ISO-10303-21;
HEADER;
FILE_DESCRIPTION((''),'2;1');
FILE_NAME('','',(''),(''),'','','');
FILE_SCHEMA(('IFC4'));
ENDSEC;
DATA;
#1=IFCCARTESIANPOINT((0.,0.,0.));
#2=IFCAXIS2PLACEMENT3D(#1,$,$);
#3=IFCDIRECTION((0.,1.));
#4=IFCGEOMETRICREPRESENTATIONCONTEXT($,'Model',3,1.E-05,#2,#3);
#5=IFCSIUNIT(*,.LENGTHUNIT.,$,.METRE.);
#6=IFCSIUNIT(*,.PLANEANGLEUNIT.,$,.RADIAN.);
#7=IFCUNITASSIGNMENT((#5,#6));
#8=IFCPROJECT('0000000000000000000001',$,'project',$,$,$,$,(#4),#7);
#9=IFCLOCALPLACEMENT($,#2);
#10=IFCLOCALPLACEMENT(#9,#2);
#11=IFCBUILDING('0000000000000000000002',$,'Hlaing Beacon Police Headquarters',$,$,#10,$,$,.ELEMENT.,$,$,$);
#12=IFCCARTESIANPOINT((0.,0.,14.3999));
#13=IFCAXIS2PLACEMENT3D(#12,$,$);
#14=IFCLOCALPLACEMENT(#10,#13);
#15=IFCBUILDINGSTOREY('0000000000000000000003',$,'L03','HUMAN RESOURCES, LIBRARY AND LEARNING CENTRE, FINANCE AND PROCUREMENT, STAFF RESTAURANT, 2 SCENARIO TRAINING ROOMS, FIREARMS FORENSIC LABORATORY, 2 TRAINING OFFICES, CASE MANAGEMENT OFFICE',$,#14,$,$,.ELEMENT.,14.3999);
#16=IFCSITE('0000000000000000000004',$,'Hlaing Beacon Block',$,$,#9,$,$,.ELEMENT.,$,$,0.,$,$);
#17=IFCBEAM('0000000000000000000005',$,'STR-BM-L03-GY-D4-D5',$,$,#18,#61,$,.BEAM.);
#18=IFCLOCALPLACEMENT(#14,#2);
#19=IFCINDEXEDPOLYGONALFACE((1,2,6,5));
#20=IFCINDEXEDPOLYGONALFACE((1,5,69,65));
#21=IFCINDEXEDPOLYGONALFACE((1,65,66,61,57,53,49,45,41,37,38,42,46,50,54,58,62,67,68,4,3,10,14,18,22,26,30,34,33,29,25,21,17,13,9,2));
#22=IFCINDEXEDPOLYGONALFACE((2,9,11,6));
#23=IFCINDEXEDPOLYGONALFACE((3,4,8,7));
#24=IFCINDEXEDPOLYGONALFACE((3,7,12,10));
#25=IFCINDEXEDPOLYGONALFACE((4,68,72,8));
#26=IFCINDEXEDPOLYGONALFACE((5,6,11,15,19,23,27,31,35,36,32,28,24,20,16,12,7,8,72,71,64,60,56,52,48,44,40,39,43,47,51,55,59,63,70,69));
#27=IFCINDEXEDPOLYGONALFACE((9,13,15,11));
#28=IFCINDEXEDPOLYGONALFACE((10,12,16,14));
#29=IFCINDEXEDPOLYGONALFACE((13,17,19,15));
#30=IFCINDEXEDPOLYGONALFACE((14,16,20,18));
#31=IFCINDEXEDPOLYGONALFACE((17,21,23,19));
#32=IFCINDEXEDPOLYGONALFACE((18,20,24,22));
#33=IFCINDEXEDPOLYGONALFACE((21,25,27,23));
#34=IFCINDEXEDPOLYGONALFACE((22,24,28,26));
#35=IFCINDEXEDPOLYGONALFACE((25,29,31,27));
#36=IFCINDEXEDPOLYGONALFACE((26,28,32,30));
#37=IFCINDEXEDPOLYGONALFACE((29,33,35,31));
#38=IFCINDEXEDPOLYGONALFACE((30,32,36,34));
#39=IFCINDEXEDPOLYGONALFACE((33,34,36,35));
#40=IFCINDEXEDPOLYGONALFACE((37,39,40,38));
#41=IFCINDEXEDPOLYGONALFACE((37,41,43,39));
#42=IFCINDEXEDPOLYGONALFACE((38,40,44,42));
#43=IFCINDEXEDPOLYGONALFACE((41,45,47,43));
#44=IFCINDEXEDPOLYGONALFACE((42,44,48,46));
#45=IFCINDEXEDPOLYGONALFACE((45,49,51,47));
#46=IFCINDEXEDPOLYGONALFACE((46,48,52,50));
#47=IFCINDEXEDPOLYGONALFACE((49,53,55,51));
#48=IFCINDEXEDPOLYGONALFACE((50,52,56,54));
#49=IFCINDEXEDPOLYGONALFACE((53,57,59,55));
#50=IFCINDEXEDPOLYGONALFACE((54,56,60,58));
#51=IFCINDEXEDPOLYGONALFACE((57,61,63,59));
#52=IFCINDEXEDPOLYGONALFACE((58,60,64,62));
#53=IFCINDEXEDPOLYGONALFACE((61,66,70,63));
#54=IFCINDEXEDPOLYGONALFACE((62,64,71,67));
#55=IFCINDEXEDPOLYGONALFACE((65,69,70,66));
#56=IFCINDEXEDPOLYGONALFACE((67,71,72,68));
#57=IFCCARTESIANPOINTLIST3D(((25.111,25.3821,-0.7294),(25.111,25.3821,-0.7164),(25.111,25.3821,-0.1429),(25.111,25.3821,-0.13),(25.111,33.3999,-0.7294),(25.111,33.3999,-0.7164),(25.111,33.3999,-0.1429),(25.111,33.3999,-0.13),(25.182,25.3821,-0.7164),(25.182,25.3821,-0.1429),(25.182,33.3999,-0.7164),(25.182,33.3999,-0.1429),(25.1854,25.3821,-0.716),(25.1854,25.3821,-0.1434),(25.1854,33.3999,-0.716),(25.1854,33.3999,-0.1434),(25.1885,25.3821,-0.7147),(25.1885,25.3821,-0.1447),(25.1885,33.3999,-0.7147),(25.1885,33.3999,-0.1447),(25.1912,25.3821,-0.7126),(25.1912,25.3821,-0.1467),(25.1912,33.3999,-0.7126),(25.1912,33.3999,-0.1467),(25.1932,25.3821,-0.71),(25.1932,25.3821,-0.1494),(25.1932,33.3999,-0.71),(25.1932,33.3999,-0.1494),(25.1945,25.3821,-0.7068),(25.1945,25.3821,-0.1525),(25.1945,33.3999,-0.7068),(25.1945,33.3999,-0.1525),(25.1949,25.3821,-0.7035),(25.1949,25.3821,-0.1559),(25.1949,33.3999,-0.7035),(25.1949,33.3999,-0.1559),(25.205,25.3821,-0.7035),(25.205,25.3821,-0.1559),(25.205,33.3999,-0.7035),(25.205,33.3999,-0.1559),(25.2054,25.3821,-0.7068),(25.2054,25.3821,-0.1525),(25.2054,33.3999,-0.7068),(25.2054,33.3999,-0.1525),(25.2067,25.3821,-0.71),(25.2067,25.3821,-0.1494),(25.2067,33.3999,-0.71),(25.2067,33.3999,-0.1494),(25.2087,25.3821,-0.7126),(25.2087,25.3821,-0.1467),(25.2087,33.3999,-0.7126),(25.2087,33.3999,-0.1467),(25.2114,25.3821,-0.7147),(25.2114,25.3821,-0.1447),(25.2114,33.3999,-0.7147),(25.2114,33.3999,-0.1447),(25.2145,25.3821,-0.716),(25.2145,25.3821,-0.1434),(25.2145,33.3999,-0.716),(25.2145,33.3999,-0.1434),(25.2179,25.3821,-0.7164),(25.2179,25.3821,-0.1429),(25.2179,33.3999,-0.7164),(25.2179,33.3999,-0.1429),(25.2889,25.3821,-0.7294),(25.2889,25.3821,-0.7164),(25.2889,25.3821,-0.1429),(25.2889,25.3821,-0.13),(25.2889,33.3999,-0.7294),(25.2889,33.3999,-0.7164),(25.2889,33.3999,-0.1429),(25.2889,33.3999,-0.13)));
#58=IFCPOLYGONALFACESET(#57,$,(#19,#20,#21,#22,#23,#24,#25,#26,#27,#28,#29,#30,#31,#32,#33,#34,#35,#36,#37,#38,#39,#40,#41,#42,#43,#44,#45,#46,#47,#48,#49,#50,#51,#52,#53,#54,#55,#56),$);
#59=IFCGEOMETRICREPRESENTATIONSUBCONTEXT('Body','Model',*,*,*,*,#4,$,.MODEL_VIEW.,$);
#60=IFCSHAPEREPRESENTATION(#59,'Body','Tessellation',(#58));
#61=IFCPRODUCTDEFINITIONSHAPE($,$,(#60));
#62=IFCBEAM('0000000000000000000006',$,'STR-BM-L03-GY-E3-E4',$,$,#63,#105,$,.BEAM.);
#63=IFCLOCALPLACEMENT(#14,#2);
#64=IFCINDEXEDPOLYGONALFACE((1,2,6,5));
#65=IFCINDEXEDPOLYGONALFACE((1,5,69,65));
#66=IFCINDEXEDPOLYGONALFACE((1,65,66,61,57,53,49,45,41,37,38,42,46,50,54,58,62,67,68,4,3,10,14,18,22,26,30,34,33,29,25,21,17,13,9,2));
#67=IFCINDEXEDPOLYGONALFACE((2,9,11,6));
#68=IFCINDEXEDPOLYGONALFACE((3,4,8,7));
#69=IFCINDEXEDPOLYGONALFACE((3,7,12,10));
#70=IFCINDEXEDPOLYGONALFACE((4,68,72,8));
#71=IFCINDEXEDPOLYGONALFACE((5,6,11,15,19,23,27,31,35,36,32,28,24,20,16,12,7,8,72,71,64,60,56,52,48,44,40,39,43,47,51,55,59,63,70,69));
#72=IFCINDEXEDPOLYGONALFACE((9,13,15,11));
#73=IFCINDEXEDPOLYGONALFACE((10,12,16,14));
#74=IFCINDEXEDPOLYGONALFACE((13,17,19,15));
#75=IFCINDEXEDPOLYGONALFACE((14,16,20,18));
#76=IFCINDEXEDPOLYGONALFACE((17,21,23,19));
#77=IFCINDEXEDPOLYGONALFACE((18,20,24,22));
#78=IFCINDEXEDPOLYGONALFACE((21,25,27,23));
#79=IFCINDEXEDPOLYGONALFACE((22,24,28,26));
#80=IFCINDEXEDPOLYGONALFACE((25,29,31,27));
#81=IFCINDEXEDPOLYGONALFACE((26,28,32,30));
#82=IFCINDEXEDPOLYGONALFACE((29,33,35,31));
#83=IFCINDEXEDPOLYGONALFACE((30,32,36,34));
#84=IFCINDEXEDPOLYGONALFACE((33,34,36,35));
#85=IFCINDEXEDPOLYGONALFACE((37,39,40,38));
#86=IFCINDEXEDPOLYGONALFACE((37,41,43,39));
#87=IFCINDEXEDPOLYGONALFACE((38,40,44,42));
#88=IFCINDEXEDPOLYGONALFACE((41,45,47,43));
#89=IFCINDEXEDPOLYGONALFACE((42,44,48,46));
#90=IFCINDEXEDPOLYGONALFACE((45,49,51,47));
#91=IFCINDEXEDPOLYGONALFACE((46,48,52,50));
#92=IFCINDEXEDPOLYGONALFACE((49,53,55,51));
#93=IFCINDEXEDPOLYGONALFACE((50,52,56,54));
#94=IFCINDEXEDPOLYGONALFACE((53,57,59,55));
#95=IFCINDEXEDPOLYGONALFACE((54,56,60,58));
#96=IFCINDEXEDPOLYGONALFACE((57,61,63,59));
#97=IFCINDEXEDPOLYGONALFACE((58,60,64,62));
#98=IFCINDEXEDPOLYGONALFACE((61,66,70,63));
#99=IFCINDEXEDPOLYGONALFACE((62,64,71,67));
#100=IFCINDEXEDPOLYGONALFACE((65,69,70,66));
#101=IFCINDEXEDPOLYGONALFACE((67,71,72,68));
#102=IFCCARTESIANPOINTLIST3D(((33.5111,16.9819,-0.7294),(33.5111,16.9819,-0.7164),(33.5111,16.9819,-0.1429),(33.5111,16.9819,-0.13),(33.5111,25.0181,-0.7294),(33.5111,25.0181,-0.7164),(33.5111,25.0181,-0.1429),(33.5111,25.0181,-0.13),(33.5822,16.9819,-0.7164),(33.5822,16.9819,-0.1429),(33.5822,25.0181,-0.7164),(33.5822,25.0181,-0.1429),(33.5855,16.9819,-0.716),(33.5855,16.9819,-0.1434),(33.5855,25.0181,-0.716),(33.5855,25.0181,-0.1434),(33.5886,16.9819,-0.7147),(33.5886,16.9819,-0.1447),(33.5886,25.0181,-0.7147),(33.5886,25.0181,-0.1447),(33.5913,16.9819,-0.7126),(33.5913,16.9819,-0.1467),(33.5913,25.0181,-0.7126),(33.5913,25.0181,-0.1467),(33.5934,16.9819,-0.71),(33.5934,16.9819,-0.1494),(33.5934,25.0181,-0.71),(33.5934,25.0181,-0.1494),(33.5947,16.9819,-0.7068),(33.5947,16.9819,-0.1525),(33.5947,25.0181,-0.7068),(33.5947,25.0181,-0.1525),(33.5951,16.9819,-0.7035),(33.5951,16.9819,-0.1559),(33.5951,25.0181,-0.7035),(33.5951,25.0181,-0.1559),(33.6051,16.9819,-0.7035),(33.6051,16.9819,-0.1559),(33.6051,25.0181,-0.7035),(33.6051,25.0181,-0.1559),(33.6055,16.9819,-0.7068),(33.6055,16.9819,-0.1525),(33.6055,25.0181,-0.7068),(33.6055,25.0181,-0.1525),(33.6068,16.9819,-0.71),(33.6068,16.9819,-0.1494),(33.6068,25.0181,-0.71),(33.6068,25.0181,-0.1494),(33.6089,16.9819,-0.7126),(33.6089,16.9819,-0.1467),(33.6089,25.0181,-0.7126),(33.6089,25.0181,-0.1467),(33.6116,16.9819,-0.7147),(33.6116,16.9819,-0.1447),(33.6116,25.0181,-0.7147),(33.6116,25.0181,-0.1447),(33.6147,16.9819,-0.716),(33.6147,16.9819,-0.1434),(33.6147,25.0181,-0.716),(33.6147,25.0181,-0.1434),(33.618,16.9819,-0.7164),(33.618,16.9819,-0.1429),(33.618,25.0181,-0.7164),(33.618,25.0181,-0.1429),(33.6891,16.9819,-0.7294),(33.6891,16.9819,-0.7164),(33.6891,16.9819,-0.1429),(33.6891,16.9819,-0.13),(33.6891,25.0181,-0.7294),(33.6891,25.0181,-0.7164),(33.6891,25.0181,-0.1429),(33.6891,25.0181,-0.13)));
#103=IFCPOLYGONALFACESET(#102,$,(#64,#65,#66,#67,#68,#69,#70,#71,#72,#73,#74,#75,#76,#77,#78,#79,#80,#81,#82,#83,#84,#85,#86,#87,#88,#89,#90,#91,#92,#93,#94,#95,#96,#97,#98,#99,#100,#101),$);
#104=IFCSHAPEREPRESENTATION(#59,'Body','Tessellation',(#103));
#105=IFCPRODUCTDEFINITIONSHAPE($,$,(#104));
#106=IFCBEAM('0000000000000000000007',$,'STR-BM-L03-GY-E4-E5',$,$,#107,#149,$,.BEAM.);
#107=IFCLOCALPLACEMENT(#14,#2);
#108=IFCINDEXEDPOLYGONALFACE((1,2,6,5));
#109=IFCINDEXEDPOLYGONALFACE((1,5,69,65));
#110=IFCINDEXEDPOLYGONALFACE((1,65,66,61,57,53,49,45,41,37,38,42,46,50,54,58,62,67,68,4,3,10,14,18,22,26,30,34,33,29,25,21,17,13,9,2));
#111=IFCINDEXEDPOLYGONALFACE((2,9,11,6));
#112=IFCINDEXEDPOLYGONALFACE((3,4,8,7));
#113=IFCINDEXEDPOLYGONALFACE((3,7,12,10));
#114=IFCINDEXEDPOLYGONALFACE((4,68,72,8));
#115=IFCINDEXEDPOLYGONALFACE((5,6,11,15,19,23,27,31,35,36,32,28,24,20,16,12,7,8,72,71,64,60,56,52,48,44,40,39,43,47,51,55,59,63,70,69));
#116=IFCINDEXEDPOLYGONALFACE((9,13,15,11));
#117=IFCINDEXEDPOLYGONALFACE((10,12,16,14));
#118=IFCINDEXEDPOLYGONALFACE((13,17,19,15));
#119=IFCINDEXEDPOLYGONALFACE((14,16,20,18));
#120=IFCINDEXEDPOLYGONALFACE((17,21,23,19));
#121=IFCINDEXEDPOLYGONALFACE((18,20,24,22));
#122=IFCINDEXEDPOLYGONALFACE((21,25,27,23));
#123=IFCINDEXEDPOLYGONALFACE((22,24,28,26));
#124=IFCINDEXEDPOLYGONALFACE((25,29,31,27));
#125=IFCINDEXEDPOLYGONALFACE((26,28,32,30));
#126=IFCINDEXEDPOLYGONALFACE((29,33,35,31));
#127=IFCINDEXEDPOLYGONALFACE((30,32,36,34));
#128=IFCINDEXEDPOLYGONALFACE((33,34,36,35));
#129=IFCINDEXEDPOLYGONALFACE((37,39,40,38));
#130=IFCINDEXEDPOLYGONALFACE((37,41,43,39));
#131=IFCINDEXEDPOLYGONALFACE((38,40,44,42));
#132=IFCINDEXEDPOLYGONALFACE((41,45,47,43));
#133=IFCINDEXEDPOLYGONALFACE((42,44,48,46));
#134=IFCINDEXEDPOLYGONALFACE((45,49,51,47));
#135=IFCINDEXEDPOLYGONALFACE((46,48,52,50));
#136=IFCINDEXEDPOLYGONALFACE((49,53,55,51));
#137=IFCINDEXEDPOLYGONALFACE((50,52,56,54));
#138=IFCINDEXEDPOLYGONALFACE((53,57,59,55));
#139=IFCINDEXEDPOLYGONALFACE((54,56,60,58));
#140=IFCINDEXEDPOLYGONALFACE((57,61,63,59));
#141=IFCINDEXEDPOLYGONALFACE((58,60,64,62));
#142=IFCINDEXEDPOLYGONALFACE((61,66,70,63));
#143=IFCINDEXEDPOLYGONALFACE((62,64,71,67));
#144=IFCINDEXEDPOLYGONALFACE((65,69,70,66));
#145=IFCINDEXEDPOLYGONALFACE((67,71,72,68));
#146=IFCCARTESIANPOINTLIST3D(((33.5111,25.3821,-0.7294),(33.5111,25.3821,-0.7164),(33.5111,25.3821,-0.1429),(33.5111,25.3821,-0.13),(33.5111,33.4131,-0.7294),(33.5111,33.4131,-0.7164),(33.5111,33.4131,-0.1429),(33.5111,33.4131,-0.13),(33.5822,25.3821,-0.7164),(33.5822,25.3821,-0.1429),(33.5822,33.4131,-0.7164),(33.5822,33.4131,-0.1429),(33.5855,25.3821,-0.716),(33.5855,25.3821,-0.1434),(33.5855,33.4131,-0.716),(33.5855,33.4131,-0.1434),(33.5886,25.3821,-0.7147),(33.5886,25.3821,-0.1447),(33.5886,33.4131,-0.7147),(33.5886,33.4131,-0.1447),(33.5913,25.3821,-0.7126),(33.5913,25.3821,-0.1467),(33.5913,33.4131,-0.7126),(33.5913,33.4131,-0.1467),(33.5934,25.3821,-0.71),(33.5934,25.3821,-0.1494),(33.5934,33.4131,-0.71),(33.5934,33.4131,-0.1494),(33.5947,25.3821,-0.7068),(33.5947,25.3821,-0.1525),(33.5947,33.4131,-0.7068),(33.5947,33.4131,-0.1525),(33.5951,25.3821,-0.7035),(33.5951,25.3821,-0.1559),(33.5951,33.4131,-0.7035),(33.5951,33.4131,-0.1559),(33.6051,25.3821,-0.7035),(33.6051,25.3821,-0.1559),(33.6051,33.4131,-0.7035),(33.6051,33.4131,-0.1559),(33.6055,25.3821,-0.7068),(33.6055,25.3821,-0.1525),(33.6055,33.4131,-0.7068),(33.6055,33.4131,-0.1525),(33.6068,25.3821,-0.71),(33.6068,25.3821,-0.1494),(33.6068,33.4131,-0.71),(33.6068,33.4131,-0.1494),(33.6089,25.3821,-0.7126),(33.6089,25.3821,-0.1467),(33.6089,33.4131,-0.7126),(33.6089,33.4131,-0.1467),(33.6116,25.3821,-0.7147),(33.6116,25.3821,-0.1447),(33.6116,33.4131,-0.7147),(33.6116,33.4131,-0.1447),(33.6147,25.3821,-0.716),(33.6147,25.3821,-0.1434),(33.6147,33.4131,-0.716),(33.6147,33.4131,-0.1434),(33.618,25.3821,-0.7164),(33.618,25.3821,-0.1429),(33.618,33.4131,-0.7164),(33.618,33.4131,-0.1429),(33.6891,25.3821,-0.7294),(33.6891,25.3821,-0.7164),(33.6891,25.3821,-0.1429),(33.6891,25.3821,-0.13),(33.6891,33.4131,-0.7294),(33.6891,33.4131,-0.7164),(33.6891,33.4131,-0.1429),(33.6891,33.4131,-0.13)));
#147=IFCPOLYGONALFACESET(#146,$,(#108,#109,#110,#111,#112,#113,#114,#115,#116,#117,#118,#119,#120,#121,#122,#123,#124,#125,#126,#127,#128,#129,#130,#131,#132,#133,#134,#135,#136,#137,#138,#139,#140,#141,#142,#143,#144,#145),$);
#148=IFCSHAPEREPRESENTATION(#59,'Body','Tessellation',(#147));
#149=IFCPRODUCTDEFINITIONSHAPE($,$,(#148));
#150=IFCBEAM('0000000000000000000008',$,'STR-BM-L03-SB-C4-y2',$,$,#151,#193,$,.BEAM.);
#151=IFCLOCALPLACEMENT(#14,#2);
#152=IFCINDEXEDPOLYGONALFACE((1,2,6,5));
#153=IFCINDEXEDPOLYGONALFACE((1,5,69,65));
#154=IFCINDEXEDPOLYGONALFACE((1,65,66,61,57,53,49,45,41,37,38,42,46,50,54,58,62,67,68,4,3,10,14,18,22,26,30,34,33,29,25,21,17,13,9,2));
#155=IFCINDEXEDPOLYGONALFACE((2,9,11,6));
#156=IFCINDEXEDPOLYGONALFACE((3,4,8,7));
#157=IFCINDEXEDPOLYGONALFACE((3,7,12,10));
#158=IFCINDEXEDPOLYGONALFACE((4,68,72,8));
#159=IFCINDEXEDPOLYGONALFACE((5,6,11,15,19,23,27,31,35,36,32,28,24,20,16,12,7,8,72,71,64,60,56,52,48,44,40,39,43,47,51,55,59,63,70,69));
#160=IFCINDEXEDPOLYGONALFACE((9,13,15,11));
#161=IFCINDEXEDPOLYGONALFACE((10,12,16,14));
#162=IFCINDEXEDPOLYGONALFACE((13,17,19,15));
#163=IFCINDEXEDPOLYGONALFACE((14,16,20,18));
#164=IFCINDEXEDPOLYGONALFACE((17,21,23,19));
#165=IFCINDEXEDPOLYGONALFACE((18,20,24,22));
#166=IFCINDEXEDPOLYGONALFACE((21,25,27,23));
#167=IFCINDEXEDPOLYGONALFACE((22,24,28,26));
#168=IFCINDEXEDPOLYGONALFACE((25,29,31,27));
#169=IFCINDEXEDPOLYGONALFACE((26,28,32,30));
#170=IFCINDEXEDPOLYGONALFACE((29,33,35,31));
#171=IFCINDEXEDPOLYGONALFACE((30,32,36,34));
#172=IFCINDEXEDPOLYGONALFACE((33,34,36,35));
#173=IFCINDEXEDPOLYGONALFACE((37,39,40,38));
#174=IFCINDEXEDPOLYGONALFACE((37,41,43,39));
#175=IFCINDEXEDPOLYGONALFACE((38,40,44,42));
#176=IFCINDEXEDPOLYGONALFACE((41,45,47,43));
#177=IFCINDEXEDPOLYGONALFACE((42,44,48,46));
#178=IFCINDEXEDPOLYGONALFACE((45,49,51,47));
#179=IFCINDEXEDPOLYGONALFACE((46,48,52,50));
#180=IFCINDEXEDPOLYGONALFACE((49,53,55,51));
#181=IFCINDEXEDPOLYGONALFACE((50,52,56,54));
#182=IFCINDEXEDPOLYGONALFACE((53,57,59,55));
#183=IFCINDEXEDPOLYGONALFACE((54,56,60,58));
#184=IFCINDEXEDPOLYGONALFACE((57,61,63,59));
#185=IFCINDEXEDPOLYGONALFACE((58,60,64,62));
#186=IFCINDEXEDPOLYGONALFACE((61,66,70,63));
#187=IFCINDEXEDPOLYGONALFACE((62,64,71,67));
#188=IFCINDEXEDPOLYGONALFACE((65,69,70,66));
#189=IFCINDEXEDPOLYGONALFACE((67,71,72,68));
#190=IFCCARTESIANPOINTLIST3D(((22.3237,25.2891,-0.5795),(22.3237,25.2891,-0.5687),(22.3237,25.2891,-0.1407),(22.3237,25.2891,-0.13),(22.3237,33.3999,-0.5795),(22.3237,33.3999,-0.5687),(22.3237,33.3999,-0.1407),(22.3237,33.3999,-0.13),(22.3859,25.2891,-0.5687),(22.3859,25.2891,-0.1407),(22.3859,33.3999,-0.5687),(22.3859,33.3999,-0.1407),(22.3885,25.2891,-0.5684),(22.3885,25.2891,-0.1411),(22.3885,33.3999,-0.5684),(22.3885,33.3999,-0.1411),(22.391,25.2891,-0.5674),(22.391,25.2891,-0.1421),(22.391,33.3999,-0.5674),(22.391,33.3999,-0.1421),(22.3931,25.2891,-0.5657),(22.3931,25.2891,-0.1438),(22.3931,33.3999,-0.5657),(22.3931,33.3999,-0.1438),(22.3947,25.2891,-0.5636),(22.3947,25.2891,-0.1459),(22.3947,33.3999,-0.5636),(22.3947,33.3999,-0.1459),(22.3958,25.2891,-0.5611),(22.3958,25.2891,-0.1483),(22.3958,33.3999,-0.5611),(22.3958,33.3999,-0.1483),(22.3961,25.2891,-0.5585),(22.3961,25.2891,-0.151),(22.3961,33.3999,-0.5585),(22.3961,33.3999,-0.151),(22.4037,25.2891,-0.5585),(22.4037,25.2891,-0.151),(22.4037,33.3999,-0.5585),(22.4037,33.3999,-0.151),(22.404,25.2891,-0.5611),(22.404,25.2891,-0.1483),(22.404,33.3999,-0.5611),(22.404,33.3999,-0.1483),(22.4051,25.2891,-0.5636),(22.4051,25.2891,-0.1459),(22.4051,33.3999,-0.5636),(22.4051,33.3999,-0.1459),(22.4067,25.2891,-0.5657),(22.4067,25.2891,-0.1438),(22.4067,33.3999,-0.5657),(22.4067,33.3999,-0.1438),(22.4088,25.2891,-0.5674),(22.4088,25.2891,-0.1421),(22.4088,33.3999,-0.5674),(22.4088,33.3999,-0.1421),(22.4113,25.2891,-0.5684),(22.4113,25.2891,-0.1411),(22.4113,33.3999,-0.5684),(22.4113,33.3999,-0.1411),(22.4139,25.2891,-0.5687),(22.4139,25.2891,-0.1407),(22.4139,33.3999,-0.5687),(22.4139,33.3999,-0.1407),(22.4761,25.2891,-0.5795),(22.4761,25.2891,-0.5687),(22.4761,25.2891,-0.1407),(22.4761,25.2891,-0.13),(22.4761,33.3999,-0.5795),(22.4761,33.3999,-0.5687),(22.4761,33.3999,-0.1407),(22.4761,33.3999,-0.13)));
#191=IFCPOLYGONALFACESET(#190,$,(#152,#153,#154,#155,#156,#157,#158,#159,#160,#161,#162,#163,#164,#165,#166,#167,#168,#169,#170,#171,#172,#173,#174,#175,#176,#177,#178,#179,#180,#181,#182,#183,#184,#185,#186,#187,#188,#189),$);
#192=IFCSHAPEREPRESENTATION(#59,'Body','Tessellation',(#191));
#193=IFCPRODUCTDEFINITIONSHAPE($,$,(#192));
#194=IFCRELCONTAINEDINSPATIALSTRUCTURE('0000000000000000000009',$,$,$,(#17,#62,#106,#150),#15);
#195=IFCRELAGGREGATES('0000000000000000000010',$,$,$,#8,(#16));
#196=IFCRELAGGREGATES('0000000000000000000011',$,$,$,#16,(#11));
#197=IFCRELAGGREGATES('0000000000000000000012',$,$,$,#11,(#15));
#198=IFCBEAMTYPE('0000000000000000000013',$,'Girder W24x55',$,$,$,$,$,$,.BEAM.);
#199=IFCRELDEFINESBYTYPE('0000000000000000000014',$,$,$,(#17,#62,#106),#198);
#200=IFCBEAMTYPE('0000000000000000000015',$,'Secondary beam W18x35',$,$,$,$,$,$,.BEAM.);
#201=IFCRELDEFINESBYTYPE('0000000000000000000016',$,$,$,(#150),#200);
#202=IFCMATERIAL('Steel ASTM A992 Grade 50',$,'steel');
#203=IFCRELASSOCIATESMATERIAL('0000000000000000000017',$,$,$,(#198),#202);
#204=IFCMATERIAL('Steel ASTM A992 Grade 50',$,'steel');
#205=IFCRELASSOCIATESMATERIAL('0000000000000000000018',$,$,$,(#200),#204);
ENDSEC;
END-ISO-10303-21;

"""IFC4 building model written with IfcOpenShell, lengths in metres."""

from ifc_helpers import new_model, si_unit, direction, frame, origin, origin_2d, place, context, subcontext, project, spatial, i_section, extrude, material, material_profile, profile_set, type_object, element, save


model = new_model("IFC4")

# Units and contexts
model_context = context("Model", 3, precision=1e-05, world=origin(), true_north=direction((0.0, 1.0)))
body_context = subcontext(model_context, "Body", "Model", "MODEL_VIEW")
ifc_project = project(units=[si_unit("LENGTHUNIT", "METRE"), si_unit("PLANEANGLEUNIT", "RADIAN")], contexts=[model_context])

# Site, building, storey
site_placement = place(None, origin())
site = spatial("IfcSite", under=ifc_project, at=site_placement, Name="Hlaing Beacon Block", CompositionType="ELEMENT", RefElevation=0.0)
building_placement = place(site_placement, origin())
building = spatial("IfcBuilding", under=site, at=building_placement, Name="Hlaing Beacon Police Headquarters", CompositionType="ELEMENT")
storey_placement = place(building_placement, frame((0.0, 0.0, 14.3999)))
storey = spatial("IfcBuildingStorey", under=building, at=storey_placement, Name="L03", Description="HUMAN RESOURCES, LIBRARY AND LEARNING CENTRE, FINANCE AND PROCUREMENT, STAFF RESTAURANT, 2 SCENARIO TRAINING ROOMS, FIREARMS FORENSIC LABORATORY, 2 TRAINING OFFICES, CASE MANAGEMENT OFFICE", CompositionType="ELEMENT", Elevation=14.3999)

# Beams
ifc_material_1 = material(Name="Steel ASTM A992 Grade 50", Category="steel")
ifc_material_profile_1 = material_profile(ifc_material_1, i_section(OverallWidth=0.178, OverallDepth=0.5994, WebThickness=0.01, FlangeThickness=0.0129, FilletRadius=0.0129, at=origin_2d()), Name="W24x55")
ifc_profile_set_1 = profile_set([ifc_material_profile_1], Name="Steel ASTM A992 Grade 50")
beam_type_1 = type_object("IfcBeamType", Name="Girder W24x55", PredefinedType="BEAM", material=ifc_profile_set_1)
beam_1_placement = place(storey_placement, frame((25.2, 25.3821, -0.4297), z_axis=(0.0, 1.0, 0.0), x_axis=(-1.0, 0.0, 0.0)))
element("IfcBeam", 1, at=beam_1_placement, inside=storey, type_object=beam_type_1, Name="STR-BM-L03-GY-D4-D5", PredefinedType="BEAM", context=body_context, shape_type="SweptSolid", body=[
    extrude(i_section(OverallWidth=0.178, OverallDepth=0.5994, WebThickness=0.01, FlangeThickness=0.0129, FilletRadius=0.0129, at=origin_2d()), origin(), (0.0, 0.0, 1.0), 8.0178),
])
beam_2_placement = place(storey_placement, frame((33.6001, 16.9819, -0.4297), z_axis=(0.0, 1.0, 0.0), x_axis=(-1.0, 0.0, 0.0)))
element("IfcBeam", 2, at=beam_2_placement, inside=storey, type_object=beam_type_1, Name="STR-BM-L03-GY-E3-E4", PredefinedType="BEAM", context=body_context, shape_type="SweptSolid", body=[
    extrude(i_section(OverallWidth=0.178, OverallDepth=0.5994, WebThickness=0.01, FlangeThickness=0.0129, FilletRadius=0.0129, at=origin_2d()), origin(), (0.0, 0.0, 1.0), 8.0361),
])
beam_3_placement = place(storey_placement, frame((33.6001, 25.3821, -0.4297), z_axis=(0.0, 1.0, 0.0), x_axis=(-1.0, 0.0, 0.0)))
element("IfcBeam", 3, at=beam_3_placement, inside=storey, type_object=beam_type_1, Name="STR-BM-L03-GY-E4-E5", PredefinedType="BEAM", context=body_context, shape_type="SweptSolid", body=[
    extrude(i_section(OverallWidth=0.178, OverallDepth=0.5994, WebThickness=0.01, FlangeThickness=0.0129, FilletRadius=0.0129, at=origin_2d()), origin(), (0.0, 0.0, 1.0), 8.031),
])
ifc_material_2 = material(Name="Steel ASTM A992 Grade 50", Category="steel")
ifc_material_profile_2 = material_profile(ifc_material_2, i_section(OverallWidth=0.1523, OverallDepth=0.4495, WebThickness=0.0076, FlangeThickness=0.0107, FilletRadius=0.0103, at=origin_2d()), Name="W18x35")
ifc_profile_set_2 = profile_set([ifc_material_profile_2], Name="Steel ASTM A992 Grade 50")
beam_type_2 = type_object("IfcBeamType", Name="Secondary beam W18x35", PredefinedType="BEAM", material=ifc_profile_set_2)
beam_4_placement = place(storey_placement, frame((22.3999, 25.2891, -0.3547), z_axis=(0.0, 1.0, 0.0), x_axis=(-1.0, 0.0, 0.0)))
element("IfcBeam", 4, at=beam_4_placement, inside=storey, type_object=beam_type_2, Name="STR-BM-L03-SB-C4-y2", PredefinedType="BEAM", context=body_context, shape_type="SweptSolid", body=[
    extrude(i_section(OverallWidth=0.1523, OverallDepth=0.4495, WebThickness=0.0076, FlangeThickness=0.0107, FilletRadius=0.0103, at=origin_2d()), origin(), (0.0, 0.0, 1.0), 8.1108),
])

save(model, "model.ifc")
